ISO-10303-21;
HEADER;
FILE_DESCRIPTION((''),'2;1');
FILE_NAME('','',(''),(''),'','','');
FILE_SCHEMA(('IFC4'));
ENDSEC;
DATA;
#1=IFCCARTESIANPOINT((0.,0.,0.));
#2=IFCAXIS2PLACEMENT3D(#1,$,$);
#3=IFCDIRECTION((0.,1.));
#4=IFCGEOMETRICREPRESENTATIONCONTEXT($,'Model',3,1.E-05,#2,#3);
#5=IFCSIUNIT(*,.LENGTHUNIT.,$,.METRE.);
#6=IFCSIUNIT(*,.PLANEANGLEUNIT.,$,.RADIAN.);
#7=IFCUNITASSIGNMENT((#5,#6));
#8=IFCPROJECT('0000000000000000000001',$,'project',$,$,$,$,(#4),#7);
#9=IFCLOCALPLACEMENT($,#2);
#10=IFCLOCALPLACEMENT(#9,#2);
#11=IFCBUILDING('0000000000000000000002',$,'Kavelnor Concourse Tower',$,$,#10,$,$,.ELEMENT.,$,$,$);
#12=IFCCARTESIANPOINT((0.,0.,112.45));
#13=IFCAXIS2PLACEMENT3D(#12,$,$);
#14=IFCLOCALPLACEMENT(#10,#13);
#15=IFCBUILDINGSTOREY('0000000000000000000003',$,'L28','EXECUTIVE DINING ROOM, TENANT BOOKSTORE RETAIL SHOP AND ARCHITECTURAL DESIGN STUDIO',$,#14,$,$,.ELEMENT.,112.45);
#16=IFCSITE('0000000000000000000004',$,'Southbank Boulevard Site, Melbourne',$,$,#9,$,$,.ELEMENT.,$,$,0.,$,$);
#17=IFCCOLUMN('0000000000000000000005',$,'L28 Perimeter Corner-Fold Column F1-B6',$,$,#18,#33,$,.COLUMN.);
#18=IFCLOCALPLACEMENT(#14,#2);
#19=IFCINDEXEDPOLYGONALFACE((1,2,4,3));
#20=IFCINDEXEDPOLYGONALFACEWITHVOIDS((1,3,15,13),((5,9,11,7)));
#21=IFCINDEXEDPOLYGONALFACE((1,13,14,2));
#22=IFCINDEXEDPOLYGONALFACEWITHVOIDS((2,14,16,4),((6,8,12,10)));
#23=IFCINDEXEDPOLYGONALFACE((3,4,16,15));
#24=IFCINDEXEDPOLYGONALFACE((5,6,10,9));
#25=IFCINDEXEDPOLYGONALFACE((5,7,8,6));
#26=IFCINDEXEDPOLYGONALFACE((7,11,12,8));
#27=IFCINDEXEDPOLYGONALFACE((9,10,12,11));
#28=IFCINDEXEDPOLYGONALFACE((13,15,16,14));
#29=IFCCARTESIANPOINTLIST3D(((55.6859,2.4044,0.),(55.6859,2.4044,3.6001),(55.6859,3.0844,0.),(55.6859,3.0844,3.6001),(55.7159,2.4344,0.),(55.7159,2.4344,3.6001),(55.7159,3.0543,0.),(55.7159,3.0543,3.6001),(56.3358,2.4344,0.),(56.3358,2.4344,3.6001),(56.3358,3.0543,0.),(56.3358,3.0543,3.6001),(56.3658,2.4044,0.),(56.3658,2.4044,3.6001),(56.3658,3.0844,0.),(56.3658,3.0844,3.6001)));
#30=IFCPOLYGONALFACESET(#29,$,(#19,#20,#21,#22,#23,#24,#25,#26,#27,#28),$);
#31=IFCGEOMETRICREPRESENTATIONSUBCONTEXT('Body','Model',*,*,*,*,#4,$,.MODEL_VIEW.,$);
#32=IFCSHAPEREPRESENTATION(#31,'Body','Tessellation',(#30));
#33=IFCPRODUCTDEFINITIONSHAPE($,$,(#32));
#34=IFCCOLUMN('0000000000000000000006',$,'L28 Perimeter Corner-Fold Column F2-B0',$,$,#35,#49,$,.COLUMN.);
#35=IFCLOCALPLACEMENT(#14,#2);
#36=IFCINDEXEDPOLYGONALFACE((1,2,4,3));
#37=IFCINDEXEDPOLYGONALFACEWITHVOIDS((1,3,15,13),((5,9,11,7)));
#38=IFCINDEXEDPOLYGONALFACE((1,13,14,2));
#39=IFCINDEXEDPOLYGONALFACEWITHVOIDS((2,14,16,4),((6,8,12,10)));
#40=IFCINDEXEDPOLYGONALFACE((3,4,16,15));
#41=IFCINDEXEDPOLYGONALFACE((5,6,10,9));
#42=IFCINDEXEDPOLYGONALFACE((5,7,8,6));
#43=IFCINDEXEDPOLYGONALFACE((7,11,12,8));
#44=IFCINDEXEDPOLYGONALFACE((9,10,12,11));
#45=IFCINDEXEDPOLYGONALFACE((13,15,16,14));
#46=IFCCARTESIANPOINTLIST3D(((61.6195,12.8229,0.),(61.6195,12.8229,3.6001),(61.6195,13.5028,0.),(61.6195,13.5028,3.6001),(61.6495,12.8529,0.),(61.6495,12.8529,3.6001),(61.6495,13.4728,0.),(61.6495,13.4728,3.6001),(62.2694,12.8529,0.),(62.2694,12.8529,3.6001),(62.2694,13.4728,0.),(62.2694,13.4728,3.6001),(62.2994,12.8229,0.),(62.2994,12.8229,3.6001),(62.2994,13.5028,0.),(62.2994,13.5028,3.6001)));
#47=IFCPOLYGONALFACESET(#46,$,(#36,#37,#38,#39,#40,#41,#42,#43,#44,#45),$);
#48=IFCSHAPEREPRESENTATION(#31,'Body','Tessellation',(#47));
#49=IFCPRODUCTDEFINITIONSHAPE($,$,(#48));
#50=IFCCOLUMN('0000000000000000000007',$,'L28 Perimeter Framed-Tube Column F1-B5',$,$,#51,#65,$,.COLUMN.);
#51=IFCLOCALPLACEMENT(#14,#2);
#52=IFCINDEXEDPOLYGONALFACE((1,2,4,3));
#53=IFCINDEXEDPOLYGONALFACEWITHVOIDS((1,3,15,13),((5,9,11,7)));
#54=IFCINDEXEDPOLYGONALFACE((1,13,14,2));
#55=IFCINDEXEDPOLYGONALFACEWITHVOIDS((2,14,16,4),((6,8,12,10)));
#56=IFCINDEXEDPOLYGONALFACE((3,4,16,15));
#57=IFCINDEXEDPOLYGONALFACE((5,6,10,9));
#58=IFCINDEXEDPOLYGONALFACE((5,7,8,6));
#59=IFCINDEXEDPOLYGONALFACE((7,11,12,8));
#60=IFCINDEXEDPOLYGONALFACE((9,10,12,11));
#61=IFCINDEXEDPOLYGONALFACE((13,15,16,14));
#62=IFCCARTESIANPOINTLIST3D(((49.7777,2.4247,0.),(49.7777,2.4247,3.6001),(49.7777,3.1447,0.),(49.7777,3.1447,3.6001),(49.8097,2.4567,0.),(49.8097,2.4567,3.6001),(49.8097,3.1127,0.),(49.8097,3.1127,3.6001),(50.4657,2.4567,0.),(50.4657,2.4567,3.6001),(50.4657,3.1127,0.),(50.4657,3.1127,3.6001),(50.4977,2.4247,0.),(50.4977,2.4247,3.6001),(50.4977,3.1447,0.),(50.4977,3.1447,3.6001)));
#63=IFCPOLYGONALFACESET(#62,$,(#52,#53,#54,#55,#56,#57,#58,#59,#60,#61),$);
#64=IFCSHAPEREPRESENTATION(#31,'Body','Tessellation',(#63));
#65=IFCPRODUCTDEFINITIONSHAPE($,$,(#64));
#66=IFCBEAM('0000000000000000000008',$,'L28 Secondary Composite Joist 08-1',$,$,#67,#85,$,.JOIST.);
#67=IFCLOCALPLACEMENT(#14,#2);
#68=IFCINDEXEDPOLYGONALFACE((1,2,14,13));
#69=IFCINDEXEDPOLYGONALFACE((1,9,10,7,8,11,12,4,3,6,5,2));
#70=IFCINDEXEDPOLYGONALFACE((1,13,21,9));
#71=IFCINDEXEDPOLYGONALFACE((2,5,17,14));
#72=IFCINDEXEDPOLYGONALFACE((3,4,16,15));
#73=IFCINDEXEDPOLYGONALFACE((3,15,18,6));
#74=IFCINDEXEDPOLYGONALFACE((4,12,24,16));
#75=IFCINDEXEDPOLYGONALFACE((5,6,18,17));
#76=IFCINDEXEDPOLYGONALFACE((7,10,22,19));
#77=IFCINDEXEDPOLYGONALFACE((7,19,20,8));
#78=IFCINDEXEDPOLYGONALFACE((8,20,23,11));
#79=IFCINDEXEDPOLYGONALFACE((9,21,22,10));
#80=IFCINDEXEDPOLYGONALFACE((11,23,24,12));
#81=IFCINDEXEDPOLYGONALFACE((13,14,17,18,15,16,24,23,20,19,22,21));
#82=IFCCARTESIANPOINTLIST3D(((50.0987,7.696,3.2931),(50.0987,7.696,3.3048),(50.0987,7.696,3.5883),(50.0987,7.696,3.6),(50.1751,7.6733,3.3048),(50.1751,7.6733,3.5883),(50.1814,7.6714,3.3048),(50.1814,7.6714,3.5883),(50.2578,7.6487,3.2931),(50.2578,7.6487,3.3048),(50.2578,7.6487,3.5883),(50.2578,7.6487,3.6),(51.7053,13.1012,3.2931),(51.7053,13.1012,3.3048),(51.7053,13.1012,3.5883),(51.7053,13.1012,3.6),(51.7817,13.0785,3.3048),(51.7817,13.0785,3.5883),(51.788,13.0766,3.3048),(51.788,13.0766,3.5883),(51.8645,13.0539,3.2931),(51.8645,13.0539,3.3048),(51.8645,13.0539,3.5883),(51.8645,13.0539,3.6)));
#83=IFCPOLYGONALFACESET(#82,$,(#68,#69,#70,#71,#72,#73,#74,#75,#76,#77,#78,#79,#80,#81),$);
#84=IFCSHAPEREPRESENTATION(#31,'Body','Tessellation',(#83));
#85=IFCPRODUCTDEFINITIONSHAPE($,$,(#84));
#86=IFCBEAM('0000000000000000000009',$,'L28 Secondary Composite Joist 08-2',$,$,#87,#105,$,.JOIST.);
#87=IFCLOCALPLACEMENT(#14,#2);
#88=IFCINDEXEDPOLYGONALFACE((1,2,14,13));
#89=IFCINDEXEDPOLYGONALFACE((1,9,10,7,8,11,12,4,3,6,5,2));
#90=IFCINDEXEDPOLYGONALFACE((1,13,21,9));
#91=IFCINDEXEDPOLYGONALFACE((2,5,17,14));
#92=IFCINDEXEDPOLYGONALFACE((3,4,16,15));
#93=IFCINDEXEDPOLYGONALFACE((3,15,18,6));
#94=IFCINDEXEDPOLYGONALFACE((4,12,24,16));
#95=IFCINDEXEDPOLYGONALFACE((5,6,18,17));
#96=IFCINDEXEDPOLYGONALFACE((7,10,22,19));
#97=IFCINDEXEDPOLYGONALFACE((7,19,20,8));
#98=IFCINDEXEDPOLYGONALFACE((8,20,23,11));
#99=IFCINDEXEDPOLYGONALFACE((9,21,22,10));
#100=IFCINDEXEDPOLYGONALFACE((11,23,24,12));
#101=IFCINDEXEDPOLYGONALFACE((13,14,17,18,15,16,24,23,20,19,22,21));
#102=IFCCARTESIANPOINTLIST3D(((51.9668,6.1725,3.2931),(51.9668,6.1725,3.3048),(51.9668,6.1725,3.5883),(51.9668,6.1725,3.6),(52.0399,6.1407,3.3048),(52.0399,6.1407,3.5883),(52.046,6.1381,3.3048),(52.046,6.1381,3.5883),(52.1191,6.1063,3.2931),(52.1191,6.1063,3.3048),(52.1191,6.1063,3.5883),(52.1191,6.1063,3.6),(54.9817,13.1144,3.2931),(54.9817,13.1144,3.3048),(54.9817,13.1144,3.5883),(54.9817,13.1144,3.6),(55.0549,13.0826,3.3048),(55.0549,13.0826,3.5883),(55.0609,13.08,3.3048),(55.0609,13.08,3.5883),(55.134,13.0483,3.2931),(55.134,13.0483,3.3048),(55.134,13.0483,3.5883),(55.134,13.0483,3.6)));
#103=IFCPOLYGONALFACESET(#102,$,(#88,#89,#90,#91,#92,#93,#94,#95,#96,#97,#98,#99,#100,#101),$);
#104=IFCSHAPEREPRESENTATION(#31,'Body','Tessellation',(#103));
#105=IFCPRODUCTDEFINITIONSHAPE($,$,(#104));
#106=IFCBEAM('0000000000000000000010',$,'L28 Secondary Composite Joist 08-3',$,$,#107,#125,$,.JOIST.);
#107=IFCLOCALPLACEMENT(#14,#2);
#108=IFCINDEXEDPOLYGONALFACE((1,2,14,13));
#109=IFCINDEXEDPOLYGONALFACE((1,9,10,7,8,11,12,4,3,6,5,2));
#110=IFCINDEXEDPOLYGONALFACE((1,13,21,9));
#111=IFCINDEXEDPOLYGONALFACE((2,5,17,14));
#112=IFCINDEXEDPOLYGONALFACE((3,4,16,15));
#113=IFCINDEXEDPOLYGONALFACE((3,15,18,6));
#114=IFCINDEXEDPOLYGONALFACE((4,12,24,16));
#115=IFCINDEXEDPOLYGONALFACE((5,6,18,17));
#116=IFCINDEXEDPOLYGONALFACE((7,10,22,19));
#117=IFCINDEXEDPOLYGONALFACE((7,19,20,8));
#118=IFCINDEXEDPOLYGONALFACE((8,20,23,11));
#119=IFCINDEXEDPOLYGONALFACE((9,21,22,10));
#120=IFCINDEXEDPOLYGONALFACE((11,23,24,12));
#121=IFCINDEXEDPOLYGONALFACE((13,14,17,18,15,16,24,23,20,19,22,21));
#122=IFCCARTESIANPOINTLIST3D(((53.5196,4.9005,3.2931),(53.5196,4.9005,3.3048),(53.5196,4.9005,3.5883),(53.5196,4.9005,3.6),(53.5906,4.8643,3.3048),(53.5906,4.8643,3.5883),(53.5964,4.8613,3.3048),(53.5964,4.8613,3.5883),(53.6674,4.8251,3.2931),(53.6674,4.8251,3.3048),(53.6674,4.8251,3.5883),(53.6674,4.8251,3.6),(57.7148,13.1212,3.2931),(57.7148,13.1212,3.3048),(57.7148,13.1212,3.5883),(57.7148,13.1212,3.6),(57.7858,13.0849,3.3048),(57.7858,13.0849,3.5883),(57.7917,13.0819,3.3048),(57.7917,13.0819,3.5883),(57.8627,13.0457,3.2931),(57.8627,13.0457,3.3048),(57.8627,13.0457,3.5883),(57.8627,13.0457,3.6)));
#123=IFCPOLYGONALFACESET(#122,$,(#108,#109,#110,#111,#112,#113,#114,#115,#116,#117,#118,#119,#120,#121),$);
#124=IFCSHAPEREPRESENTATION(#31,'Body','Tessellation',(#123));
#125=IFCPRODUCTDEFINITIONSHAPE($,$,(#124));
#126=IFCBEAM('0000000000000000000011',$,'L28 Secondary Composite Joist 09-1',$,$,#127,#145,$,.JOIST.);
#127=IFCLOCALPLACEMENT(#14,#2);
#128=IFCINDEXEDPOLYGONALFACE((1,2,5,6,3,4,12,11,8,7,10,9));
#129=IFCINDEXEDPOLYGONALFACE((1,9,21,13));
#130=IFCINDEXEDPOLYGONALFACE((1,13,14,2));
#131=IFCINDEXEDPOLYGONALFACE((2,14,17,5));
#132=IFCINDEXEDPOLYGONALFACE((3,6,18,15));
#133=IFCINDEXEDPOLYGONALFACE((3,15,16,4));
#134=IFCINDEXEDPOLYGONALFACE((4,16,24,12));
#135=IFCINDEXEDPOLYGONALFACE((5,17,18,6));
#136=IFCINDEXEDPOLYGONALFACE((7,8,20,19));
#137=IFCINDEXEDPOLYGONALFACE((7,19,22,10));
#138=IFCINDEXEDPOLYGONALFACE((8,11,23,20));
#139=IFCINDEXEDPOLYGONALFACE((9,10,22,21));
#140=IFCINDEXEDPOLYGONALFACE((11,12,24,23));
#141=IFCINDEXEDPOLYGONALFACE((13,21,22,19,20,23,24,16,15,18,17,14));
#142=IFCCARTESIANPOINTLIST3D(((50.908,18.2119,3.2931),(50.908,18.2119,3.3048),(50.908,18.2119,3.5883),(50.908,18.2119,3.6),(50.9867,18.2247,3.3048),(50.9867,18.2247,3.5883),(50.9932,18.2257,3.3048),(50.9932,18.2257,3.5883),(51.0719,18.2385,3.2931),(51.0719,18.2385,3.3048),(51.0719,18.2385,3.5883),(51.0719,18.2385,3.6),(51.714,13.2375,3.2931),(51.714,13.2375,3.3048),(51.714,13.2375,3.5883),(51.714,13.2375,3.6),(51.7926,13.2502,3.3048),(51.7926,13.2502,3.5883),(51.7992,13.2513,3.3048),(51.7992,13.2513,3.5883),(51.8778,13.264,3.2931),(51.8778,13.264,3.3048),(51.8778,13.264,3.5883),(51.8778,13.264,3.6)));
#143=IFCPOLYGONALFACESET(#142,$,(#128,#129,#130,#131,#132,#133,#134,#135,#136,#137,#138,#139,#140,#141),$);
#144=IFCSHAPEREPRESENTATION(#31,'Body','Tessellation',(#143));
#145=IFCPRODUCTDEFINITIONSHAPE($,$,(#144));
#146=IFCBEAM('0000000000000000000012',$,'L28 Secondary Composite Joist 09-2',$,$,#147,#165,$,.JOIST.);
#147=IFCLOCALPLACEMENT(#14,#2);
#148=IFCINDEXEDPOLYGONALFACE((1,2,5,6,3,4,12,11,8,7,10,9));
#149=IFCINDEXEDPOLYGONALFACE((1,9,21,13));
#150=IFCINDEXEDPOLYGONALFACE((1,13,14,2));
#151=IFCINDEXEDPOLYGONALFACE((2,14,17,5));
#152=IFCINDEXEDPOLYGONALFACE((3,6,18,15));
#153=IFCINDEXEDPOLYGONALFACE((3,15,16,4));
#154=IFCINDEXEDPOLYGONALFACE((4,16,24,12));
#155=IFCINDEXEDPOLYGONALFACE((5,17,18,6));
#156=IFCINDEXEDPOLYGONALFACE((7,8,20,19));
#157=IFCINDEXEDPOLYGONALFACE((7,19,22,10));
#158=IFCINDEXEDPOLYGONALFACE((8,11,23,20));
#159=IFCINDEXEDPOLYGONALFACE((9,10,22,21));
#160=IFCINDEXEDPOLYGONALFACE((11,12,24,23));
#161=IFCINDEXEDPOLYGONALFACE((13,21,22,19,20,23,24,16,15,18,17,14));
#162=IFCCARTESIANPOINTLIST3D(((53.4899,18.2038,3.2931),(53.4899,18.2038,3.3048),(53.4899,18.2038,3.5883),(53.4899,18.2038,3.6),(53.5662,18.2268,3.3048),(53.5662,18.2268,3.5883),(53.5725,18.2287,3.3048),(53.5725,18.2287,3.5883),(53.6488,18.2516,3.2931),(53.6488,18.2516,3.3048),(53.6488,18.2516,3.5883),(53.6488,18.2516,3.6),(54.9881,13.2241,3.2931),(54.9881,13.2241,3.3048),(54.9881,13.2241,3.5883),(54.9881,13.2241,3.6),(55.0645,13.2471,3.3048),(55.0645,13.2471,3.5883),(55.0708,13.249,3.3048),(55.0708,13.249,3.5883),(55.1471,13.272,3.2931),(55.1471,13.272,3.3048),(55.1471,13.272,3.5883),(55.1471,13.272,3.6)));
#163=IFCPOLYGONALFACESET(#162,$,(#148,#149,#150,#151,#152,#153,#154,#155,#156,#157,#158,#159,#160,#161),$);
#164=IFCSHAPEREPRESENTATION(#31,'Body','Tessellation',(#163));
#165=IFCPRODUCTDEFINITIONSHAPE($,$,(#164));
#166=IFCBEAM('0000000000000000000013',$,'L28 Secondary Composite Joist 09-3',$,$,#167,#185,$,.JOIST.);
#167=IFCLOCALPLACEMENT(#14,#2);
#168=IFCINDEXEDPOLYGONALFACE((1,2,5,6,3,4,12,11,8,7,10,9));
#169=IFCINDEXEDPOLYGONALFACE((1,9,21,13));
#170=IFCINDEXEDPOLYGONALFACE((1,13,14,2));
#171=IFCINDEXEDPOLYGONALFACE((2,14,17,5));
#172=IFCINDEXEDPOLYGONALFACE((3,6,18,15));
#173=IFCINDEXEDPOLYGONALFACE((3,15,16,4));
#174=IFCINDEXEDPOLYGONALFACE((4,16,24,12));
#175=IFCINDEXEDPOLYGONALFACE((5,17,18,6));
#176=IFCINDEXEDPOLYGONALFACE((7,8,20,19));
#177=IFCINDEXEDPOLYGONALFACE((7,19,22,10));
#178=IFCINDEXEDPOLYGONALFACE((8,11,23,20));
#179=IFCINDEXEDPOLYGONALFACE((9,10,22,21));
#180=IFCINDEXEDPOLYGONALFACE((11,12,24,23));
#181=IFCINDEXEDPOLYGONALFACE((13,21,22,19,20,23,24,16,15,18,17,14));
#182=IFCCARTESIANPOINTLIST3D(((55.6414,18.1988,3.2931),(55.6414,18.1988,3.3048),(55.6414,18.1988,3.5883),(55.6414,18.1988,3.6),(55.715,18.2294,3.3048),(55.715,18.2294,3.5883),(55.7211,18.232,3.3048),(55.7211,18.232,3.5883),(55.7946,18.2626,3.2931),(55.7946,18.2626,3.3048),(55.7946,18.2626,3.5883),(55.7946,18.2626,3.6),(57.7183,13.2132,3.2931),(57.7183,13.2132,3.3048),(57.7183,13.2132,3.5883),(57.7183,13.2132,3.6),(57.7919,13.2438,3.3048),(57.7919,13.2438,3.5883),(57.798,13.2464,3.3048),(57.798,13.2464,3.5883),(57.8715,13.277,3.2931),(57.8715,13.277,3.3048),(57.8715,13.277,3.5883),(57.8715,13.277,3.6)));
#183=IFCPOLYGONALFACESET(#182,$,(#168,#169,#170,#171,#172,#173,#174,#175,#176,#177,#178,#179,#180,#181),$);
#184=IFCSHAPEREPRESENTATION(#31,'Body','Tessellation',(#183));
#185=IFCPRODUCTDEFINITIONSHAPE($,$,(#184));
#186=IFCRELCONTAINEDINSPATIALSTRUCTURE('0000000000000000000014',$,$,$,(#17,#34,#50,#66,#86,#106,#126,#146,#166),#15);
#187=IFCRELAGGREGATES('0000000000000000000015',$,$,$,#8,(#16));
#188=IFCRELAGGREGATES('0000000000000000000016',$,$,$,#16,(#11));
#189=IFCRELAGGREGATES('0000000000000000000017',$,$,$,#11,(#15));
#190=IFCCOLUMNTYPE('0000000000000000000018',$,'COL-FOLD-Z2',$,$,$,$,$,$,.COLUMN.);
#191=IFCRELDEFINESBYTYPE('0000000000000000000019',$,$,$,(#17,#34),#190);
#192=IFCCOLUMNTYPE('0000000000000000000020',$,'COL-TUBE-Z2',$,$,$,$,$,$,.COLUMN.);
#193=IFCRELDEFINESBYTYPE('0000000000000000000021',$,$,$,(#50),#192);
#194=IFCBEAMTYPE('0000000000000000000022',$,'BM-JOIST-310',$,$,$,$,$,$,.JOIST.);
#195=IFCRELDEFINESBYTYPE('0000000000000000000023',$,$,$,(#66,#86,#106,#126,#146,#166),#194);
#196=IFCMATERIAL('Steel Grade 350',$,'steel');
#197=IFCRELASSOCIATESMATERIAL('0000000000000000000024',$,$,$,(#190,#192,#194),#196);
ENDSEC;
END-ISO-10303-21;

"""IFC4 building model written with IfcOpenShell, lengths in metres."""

from ifc_helpers import new_model, si_unit, direction, frame, origin, origin_2d, place, context, subcontext, project, spatial, hollow_rectangle, i_section, extrude, material, material_profile, profile_set, type_object, element, save


model = new_model("IFC4")

# Units and contexts
model_context = context("Model", 3, precision=1e-05, world=origin(), true_north=direction((0.0, 1.0)))
body_context = subcontext(model_context, "Body", "Model", "MODEL_VIEW")
ifc_project = project(units=[si_unit("LENGTHUNIT", "METRE"), si_unit("PLANEANGLEUNIT", "RADIAN")], contexts=[model_context])

# Site, building, storey
site_placement = place(None, origin())
site = spatial("IfcSite", under=ifc_project, at=site_placement, Name="Southbank Boulevard Site, Melbourne", CompositionType="ELEMENT", RefElevation=0.0)
building_placement = place(site_placement, origin())
building = spatial("IfcBuilding", under=site, at=building_placement, Name="Kavelnor Concourse Tower", CompositionType="ELEMENT")
storey_placement = place(building_placement, frame((0.0, 0.0, 112.45)))
storey = spatial("IfcBuildingStorey", under=building, at=storey_placement, Name="L28", Description="EXECUTIVE DINING ROOM, TENANT BOOKSTORE RETAIL SHOP AND ARCHITECTURAL DESIGN STUDIO", CompositionType="ELEMENT", Elevation=112.45)

# Columns
ifc_material_1 = material(Name="Steel Grade 350", Category="steel")
ifc_material_profile_1 = material_profile(ifc_material_1, hollow_rectangle(XDim=0.6799, YDim=0.6799, WallThickness=0.03, at=origin_2d()), Name="SHS 680x680x30")
ifc_profile_set_1 = profile_set([ifc_material_profile_1], Name="Steel Grade 350")
column_type_1 = type_object("IfcColumnType", Name="COL-FOLD-Z2", PredefinedType="COLUMN", material=ifc_profile_set_1)
for number, where, z_axis, x_axis, name in (
    (1, (56.0259, 2.7444, 0.0), (0.0, 0.0, 1.0), (1.0, 0.0, 0.0), "L28 Perimeter Corner-Fold Column F1-B6"),
    (2, (61.9595, 13.1628, 0.0), (0.0, 0.0, 1.0), (1.0, 0.0, 0.0), "L28 Perimeter Corner-Fold Column F2-B0"),
):
    element("IfcColumn", number, at=place(storey_placement, frame(where, z_axis=z_axis, x_axis=x_axis)), inside=storey, type_object=column_type_1, Name=name, PredefinedType="COLUMN", context=body_context, shape_type="SweptSolid", body=[
        extrude(hollow_rectangle(XDim=0.6799, YDim=0.6799, WallThickness=0.03, at=origin_2d()), origin(), (0.0, 0.0, 1.0), 3.6001),
    ])
ifc_material_profile_2 = material_profile(ifc_material_1, hollow_rectangle(XDim=0.72, YDim=0.72, WallThickness=0.032, at=origin_2d()), Name="SHS 720x720x32")
ifc_profile_set_2 = profile_set([ifc_material_profile_2], Name="Steel Grade 350")
column_type_2 = type_object("IfcColumnType", Name="COL-TUBE-Z2", PredefinedType="COLUMN", material=ifc_profile_set_2)
column_placement = place(storey_placement, frame((50.1377, 2.7847, 0.0), z_axis=(0.0, 0.0, 1.0), x_axis=(1.0, 0.0, 0.0)))
element("IfcColumn", 3, at=column_placement, inside=storey, type_object=column_type_2, Name="L28 Perimeter Framed-Tube Column F1-B5", PredefinedType="COLUMN", context=body_context, shape_type="SweptSolid", body=[
    extrude(hollow_rectangle(XDim=0.72, YDim=0.72, WallThickness=0.032, at=origin_2d()), origin(), (0.0, 0.0, 1.0), 3.6001),
])

# Beams
ifc_material_profile_3 = material_profile(ifc_material_1, i_section(OverallWidth=0.166, OverallDepth=0.3069, WebThickness=0.0066, FlangeThickness=0.0117, at=origin_2d()), Name="310UB46")
ifc_profile_set_3 = profile_set([ifc_material_profile_3], Name="Steel Grade 350")
beam_type_1 = type_object("IfcBeamType", Name="BM-JOIST-310", PredefinedType="JOIST", material=ifc_profile_set_3)
beam_1_placement = place(storey_placement, frame((50.1782, 7.6724, 3.4465), z_axis=(0.284924, 0.95855, 0.0), x_axis=(-0.95855, 0.284924, 0.0)))
element("IfcBeam", 4, at=beam_1_placement, inside=storey, type_object=beam_type_1, Name="L28 Secondary Composite Joist 08-1", PredefinedType="JOIST", context=body_context, shape_type="SweptSolid", body=[
    extrude(i_section(OverallWidth=0.166, OverallDepth=0.3069, WebThickness=0.0066, FlangeThickness=0.0117, at=origin_2d()), origin(), (0.0, 0.0, 1.0), 5.6389),
])
beam_2_placement = place(storey_placement, frame((52.043, 6.1394, 3.4465), z_axis=(0.398357, 0.917231, 0.0), x_axis=(-0.917231, 0.398357, 0.0)))
element("IfcBeam", 5, at=beam_2_placement, inside=storey, type_object=beam_type_1, Name="L28 Secondary Composite Joist 08-2", PredefinedType="JOIST", context=body_context, shape_type="SweptSolid", body=[
    extrude(i_section(OverallWidth=0.166, OverallDepth=0.3069, WebThickness=0.0066, FlangeThickness=0.0117, at=origin_2d()), origin(), (0.0, 0.0, 1.0), 7.5684),
])
beam_3_placement = place(storey_placement, frame((53.5935, 4.8628, 3.4465), z_axis=(0.454563, 0.890715, 0.0), x_axis=(-0.890715, 0.454563, 0.0)))
element("IfcBeam", 6, at=beam_3_placement, inside=storey, type_object=beam_type_1, Name="L28 Secondary Composite Joist 08-3", PredefinedType="JOIST", context=body_context, shape_type="SweptSolid", body=[
    extrude(i_section(OverallWidth=0.166, OverallDepth=0.3069, WebThickness=0.0066, FlangeThickness=0.0117, at=origin_2d()), origin(), (0.0, 0.0, 1.0), 9.2292),
])
beam_4_placement = place(storey_placement, frame((51.7959, 13.2507, 3.4465), z_axis=(-0.159927, 0.987129, 0.0), x_axis=(-0.987129, -0.159927, 0.0)))
element("IfcBeam", 7, at=beam_4_placement, inside=storey, type_object=beam_type_1, Name="L28 Secondary Composite Joist 09-1", PredefinedType="JOIST", context=body_context, shape_type="SweptSolid", body=[
    extrude(i_section(OverallWidth=0.166, OverallDepth=0.3069, WebThickness=0.0066, FlangeThickness=0.0117, at=origin_2d()), origin(), (0.0, 0.0, 1.0), 5.0393),
])
beam_5_placement = place(storey_placement, frame((55.0676, 13.248, 3.4465), z_axis=(-0.288119, 0.957595, 0.0), x_axis=(-0.957595, -0.288119, 0.0)))
element("IfcBeam", 8, at=beam_5_placement, inside=storey, type_object=beam_type_1, Name="L28 Secondary Composite Joist 09-2", PredefinedType="JOIST", context=body_context, shape_type="SweptSolid", body=[
    extrude(i_section(OverallWidth=0.166, OverallDepth=0.3069, WebThickness=0.0066, FlangeThickness=0.0117, at=origin_2d()), origin(), (0.0, 0.0, 1.0), 5.2002),
])
beam_6_placement = place(storey_placement, frame((57.7949, 13.2451, 3.4465), z_axis=(-0.384548, 0.923105, 0.0), x_axis=(-0.923105, -0.384548, 0.0)))
element("IfcBeam", 9, at=beam_6_placement, inside=storey, type_object=beam_type_1, Name="L28 Secondary Composite Joist 09-3", PredefinedType="JOIST", context=body_context, shape_type="SweptSolid", body=[
    extrude(i_section(OverallWidth=0.166, OverallDepth=0.3069, WebThickness=0.0066, FlangeThickness=0.0117, at=origin_2d()), origin(), (0.0, 0.0, 1.0), 5.4009),
])

save(model, "model.ifc")
